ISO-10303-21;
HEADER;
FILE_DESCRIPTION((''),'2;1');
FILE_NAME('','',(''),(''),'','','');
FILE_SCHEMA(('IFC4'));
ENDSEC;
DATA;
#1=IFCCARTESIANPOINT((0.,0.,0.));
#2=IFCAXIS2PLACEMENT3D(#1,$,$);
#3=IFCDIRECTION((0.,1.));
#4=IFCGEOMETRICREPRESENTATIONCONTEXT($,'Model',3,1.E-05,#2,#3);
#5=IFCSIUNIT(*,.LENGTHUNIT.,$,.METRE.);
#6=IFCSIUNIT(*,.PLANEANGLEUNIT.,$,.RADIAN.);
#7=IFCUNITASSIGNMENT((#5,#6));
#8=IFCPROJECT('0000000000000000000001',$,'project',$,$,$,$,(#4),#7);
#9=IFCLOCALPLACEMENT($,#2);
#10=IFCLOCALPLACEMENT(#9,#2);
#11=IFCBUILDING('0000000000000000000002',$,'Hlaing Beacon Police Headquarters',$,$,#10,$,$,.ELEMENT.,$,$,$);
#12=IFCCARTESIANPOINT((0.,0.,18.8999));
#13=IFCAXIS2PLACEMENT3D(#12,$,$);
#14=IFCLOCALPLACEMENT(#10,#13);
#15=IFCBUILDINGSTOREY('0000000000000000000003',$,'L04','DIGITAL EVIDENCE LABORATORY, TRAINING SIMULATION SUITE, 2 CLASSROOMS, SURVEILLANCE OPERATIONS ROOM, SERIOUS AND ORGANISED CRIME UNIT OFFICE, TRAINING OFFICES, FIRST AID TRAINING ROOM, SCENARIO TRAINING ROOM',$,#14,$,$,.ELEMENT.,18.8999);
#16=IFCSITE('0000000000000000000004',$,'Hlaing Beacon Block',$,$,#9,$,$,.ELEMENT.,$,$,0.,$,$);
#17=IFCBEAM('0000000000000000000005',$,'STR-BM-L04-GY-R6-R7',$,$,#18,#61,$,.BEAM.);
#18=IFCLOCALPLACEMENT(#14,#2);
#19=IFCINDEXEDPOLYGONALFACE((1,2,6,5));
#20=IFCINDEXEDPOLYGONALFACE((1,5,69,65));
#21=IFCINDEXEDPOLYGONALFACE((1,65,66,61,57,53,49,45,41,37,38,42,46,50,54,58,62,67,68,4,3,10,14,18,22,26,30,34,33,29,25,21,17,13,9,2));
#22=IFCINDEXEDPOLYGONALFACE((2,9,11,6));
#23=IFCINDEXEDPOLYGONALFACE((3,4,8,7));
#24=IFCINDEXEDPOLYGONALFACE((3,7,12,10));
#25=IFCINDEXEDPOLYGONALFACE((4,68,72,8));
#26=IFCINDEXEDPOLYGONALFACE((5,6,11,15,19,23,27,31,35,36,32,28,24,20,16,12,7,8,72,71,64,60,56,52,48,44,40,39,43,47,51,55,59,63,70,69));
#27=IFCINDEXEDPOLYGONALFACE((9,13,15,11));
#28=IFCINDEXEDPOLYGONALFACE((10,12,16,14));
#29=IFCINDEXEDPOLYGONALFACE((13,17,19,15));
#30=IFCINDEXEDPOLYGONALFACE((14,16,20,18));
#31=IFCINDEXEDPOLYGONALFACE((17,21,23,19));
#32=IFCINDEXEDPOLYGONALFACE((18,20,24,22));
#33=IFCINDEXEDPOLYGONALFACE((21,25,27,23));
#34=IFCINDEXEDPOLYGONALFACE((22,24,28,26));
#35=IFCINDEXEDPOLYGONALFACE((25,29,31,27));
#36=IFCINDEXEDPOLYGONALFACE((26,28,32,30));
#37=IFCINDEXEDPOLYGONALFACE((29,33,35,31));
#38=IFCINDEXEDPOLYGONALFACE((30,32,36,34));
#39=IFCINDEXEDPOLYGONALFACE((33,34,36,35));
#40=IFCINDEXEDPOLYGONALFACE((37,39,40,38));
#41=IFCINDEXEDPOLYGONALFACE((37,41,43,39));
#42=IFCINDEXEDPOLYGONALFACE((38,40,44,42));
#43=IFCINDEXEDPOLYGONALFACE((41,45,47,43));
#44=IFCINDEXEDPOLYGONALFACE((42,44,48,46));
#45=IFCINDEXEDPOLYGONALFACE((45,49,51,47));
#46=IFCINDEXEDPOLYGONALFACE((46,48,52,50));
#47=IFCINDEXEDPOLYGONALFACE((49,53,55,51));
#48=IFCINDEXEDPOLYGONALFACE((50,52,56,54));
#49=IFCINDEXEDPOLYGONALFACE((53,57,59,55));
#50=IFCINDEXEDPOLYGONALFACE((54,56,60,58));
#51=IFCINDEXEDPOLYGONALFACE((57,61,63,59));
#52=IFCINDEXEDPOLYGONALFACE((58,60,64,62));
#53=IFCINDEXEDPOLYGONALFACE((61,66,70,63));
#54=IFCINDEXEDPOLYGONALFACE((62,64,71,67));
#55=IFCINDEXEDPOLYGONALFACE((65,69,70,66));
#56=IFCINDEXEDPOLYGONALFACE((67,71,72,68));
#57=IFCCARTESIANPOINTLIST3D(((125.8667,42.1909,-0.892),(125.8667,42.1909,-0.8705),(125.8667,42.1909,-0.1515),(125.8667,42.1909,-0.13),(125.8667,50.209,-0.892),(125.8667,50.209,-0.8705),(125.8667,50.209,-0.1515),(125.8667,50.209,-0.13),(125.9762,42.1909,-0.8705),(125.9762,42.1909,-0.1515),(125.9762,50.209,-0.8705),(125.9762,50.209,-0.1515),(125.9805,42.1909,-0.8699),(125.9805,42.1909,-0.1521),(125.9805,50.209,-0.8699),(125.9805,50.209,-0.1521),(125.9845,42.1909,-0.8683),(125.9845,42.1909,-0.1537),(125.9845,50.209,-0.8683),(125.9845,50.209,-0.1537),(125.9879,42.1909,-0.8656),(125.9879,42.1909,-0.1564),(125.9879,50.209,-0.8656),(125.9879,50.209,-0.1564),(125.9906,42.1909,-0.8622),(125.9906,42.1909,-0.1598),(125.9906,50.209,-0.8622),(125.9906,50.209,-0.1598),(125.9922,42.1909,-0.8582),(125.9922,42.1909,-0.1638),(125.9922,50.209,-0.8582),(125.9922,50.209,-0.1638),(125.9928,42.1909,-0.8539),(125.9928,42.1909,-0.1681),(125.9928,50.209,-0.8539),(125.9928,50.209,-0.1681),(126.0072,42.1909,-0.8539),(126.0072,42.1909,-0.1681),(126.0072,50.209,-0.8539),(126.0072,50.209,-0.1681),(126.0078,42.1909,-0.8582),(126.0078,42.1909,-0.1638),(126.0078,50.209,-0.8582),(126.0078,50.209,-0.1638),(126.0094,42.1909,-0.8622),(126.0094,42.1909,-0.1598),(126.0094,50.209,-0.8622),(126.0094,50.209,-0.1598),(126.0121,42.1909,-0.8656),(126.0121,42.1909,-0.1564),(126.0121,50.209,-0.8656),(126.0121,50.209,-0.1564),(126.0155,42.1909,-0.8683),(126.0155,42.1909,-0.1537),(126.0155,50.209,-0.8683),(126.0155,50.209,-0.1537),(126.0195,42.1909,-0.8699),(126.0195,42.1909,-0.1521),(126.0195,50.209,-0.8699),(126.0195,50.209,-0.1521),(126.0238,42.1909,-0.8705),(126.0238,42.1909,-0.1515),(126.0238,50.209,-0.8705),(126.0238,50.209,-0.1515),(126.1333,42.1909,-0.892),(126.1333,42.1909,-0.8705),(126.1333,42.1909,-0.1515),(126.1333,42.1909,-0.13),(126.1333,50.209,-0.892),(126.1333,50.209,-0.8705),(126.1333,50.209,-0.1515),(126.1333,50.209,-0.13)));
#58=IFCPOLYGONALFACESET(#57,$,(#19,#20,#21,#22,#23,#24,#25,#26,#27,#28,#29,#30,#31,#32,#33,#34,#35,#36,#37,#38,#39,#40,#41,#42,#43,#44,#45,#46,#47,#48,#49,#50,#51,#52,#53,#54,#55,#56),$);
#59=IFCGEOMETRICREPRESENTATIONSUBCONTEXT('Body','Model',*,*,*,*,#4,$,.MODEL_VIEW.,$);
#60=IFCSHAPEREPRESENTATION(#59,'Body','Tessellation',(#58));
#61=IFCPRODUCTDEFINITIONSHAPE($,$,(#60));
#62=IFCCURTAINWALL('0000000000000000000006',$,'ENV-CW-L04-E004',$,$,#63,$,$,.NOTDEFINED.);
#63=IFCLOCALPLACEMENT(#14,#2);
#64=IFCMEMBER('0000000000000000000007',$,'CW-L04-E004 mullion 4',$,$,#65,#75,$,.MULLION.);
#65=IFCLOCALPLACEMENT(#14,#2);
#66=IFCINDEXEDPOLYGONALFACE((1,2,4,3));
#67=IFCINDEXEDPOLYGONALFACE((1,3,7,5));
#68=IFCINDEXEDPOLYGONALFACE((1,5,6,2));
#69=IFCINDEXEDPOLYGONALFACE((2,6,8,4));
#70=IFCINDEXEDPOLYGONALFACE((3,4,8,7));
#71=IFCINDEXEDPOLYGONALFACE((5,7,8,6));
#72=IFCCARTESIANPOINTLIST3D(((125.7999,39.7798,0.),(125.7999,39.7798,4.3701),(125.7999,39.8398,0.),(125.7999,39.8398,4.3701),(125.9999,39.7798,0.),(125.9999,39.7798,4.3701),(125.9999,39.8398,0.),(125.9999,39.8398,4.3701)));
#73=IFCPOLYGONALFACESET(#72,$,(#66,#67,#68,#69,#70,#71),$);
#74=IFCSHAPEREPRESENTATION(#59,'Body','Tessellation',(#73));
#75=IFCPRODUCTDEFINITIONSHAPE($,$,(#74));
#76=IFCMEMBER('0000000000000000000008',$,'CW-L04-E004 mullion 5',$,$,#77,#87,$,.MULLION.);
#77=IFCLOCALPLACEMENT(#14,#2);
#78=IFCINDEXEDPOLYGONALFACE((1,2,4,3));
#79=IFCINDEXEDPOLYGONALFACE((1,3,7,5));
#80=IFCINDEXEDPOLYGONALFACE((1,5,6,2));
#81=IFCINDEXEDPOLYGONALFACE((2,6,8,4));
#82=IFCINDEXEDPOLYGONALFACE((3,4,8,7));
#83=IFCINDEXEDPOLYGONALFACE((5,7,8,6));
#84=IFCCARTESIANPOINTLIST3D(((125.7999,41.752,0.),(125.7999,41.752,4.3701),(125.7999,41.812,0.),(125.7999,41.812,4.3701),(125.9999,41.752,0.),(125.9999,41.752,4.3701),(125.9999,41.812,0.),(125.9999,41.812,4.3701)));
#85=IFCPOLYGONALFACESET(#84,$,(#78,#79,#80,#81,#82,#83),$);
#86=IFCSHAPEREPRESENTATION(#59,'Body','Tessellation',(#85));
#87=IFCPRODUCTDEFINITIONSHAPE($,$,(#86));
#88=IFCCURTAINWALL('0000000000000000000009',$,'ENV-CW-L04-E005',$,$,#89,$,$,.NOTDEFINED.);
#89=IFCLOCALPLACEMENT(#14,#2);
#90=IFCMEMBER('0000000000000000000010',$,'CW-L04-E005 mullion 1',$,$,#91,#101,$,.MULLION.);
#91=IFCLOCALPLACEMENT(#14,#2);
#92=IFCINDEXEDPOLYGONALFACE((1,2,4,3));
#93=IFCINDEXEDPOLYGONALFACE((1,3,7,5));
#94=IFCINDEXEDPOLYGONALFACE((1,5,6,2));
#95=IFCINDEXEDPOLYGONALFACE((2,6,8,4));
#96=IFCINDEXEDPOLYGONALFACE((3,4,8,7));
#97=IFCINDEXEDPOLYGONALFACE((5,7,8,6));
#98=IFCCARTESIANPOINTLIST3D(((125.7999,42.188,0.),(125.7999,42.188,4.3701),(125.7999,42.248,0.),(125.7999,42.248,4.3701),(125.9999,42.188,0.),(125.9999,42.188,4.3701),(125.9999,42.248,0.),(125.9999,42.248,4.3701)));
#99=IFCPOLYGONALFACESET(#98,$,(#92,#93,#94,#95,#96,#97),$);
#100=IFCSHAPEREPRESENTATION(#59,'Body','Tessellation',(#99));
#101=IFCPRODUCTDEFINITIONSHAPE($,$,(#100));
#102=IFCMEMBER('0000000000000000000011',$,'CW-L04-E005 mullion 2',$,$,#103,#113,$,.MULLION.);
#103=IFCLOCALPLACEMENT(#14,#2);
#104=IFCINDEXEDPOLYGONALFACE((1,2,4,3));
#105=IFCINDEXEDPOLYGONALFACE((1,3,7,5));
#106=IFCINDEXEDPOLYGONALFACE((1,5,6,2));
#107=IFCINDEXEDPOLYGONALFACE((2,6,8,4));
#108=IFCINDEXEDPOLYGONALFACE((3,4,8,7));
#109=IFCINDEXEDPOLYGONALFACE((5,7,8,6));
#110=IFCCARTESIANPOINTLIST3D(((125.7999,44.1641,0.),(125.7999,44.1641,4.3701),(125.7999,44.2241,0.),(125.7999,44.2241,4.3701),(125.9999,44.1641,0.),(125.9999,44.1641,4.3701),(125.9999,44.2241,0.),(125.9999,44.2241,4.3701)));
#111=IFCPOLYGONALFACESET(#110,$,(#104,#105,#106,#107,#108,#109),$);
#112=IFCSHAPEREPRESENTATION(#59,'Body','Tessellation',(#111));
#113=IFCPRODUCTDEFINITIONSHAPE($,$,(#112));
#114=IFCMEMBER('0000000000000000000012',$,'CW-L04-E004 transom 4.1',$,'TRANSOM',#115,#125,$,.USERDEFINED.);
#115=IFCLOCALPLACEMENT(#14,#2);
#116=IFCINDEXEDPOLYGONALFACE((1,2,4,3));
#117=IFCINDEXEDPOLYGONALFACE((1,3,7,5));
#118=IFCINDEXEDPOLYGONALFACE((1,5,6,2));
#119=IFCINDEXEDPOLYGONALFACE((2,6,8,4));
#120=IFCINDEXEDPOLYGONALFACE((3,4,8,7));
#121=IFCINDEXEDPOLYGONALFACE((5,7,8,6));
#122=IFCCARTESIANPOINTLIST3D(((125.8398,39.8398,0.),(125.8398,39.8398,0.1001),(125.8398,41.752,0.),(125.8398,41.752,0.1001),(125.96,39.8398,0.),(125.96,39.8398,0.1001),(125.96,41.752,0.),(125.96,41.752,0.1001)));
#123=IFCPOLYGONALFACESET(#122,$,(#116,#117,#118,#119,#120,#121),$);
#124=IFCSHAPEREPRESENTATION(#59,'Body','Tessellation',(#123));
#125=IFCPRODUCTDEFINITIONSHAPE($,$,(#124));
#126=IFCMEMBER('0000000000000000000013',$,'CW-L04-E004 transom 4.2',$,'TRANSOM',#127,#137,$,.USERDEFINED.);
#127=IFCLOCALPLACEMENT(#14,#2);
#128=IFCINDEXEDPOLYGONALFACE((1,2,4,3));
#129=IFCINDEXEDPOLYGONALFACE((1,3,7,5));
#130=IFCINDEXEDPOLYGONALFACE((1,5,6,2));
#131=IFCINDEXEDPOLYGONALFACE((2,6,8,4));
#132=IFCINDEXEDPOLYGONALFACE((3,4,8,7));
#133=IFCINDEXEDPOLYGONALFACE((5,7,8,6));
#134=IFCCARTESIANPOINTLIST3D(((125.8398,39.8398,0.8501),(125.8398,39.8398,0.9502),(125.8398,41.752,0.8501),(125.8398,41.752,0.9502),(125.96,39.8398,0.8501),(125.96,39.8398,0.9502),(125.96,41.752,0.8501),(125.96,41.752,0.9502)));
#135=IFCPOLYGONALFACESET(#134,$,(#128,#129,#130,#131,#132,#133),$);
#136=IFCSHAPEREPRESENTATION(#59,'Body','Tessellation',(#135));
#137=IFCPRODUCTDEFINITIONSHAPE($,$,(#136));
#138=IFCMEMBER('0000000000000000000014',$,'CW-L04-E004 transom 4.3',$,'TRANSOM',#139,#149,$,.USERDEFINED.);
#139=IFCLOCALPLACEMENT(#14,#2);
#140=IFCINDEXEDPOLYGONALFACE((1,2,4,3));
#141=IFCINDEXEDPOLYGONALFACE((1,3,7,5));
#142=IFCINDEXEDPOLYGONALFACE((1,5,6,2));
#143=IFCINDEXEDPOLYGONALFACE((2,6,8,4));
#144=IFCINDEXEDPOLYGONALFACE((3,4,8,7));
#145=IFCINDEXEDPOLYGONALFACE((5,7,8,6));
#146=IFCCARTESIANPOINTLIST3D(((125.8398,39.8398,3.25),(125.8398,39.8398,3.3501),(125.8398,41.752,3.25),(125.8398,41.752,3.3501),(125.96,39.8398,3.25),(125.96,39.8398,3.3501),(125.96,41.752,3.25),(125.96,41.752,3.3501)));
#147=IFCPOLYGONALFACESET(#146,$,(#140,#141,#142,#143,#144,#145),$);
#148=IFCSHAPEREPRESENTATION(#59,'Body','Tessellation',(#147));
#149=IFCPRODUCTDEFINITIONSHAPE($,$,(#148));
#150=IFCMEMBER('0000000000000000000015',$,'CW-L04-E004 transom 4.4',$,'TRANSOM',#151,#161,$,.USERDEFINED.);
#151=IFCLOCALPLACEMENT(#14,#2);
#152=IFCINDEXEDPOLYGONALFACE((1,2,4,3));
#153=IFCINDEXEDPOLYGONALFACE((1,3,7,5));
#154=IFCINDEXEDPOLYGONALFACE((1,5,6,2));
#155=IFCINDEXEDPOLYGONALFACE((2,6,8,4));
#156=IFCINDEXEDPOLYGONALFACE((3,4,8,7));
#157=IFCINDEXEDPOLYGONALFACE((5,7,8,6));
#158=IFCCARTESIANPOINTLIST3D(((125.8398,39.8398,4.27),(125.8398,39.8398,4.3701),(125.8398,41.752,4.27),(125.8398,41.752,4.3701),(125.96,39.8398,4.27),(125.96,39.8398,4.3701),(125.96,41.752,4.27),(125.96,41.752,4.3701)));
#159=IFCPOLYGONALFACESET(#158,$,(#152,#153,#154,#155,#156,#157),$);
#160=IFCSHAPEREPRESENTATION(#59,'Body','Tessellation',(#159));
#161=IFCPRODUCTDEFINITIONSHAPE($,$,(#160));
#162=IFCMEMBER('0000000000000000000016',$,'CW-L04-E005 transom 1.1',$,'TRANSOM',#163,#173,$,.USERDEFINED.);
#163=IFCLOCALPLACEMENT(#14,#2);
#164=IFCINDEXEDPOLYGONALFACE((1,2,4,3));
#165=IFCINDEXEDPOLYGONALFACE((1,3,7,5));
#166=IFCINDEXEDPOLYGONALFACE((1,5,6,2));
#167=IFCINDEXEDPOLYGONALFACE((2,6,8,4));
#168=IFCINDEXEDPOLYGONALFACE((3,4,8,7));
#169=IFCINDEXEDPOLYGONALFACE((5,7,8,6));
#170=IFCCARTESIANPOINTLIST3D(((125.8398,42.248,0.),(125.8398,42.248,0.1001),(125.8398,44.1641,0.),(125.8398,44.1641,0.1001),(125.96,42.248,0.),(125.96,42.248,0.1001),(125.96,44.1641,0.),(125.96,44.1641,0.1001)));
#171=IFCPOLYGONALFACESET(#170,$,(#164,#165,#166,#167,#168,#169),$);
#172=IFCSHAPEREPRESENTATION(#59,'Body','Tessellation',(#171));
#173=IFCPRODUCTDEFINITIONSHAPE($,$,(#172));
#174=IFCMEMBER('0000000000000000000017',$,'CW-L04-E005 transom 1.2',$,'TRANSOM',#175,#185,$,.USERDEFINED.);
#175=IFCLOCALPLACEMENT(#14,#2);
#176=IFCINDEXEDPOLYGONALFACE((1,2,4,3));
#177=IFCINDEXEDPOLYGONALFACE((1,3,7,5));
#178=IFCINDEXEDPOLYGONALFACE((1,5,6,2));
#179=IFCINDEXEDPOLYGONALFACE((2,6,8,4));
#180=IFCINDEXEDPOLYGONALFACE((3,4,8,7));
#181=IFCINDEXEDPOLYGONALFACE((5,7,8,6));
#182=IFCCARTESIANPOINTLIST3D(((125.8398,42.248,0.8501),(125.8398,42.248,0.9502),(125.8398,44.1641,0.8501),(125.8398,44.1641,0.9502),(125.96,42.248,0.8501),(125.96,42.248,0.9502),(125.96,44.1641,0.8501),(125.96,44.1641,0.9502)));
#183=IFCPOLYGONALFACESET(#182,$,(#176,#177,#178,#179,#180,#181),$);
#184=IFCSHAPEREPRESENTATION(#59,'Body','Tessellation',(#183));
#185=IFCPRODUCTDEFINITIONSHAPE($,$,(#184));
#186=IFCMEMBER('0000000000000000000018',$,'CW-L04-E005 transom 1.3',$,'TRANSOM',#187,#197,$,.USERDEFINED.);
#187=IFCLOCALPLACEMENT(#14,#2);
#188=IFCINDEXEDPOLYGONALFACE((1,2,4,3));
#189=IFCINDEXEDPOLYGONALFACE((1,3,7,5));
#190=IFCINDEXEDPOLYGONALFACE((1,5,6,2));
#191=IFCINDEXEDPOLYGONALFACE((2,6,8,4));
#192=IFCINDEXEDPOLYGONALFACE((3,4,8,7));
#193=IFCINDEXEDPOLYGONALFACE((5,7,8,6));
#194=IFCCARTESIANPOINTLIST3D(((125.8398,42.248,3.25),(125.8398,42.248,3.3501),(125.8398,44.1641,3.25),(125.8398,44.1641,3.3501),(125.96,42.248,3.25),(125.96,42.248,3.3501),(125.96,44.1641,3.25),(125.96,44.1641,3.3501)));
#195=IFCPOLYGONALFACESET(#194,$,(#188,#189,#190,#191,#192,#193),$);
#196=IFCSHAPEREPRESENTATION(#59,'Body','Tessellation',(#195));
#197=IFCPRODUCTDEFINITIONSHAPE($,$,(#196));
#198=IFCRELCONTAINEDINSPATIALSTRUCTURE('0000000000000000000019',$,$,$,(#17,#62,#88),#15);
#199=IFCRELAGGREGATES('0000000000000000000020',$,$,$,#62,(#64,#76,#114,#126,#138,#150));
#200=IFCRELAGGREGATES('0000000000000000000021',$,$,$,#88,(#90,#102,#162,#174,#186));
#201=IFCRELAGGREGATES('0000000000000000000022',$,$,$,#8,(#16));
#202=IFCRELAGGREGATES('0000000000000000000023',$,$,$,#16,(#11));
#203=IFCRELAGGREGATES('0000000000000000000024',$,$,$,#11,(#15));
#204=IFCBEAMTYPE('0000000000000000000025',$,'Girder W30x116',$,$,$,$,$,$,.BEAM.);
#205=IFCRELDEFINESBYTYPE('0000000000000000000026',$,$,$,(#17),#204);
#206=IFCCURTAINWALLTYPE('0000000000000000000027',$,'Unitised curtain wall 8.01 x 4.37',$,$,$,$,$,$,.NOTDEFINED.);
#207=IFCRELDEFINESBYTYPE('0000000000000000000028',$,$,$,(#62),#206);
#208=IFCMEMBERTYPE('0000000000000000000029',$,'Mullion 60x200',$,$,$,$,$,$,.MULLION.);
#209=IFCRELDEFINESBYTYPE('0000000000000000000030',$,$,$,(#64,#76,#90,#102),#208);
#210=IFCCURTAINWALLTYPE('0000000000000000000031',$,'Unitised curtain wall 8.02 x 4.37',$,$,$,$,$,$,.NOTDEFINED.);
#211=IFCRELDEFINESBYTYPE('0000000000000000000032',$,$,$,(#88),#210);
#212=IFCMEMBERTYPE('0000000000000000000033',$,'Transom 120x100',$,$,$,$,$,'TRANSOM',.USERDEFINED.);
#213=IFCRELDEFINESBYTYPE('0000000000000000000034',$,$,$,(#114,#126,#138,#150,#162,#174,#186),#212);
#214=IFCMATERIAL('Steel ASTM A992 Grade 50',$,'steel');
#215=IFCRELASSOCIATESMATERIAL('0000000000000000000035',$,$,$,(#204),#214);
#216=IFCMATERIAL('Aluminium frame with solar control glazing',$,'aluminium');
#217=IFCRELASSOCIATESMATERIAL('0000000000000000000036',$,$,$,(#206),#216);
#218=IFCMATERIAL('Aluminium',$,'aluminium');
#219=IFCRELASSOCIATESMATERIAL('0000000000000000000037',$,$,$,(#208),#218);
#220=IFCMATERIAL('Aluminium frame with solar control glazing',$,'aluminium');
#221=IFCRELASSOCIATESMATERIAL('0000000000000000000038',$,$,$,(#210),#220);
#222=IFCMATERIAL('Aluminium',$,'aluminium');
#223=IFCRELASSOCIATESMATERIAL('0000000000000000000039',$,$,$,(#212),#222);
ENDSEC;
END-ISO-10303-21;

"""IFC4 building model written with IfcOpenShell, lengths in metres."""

from ifc_helpers import new_model, si_unit, direction, frame, origin, origin_2d, place, context, subcontext, project, spatial, rectangle, i_section, extrude, material, material_profile, profile_set, type_object, element, aggregate, save


model = new_model("IFC4")

# Units and contexts
model_context = context("Model", 3, precision=1e-05, world=origin(), true_north=direction((0.0, 1.0)))
body_context = subcontext(model_context, "Body", "Model", "MODEL_VIEW")
ifc_project = project(units=[si_unit("LENGTHUNIT", "METRE"), si_unit("PLANEANGLEUNIT", "RADIAN")], contexts=[model_context])

# Site, building, storey
site_placement = place(None, origin())
site = spatial("IfcSite", under=ifc_project, at=site_placement, Name="Hlaing Beacon Block", CompositionType="ELEMENT", RefElevation=0.0)
building_placement = place(site_placement, origin())
building = spatial("IfcBuilding", under=site, at=building_placement, Name="Hlaing Beacon Police Headquarters", CompositionType="ELEMENT")
storey_placement = place(building_placement, frame((0.0, 0.0, 18.8999)))
storey = spatial("IfcBuildingStorey", under=building, at=storey_placement, Name="L04", Description="DIGITAL EVIDENCE LABORATORY, TRAINING SIMULATION SUITE, 2 CLASSROOMS, SURVEILLANCE OPERATIONS ROOM, SERIOUS AND ORGANISED CRIME UNIT OFFICE, TRAINING OFFICES, FIRST AID TRAINING ROOM, SCENARIO TRAINING ROOM", CompositionType="ELEMENT", Elevation=18.8999)

# Beam
ifc_material_1 = material(Name="Steel ASTM A992 Grade 50", Category="steel")
ifc_material_profile_1 = material_profile(ifc_material_1, i_section(OverallWidth=0.2666, OverallDepth=0.762, WebThickness=0.0144, FlangeThickness=0.0215, FilletRadius=0.0166, at=origin_2d()), Name="W30x116")
ifc_profile_set_1 = profile_set([ifc_material_profile_1], Name="Steel ASTM A992 Grade 50")
beam_type_1 = type_object("IfcBeamType", Name="Girder W30x116", PredefinedType="BEAM", material=ifc_profile_set_1)
beam_1_placement = place(storey_placement, frame((126.0, 42.1909, -0.511), z_axis=(0.0, 1.0, 0.0), x_axis=(-1.0, 0.0, 0.0)))
element("IfcBeam", 1, at=beam_1_placement, inside=storey, type_object=beam_type_1, Name="STR-BM-L04-GY-R6-R7", PredefinedType="BEAM", context=body_context, shape_type="SweptSolid", body=[
    extrude(i_section(OverallWidth=0.2666, OverallDepth=0.762, WebThickness=0.0144, FlangeThickness=0.0215, FilletRadius=0.0166, at=origin_2d()), origin(), (0.0, 0.0, 1.0), 8.0181),
])

# Curtain walls, members
ifc_material_2 = material(Name="Aluminium frame with solar control glazing", Category="aluminium")
curtain_wall_type_1 = type_object("IfcCurtainWallType", Name="Unitised curtain wall 8.01 x 4.37", PredefinedType="NOTDEFINED", material=ifc_material_2)
curtain_wall_1_placement = place(storey_placement, origin())
curtain_wall_1 = element("IfcCurtainWall", 2, at=curtain_wall_1_placement, inside=storey, type_object=curtain_wall_type_1, Name="ENV-CW-L04-E004", PredefinedType="NOTDEFINED")
ifc_material_3 = material(Name="Aluminium", Category="aluminium")
ifc_material_profile_2 = material_profile(ifc_material_3, rectangle(XDim=0.2, YDim=0.0601, at=origin_2d()), Name="Mullion 60x200")
ifc_profile_set_2 = profile_set([ifc_material_profile_2], Name="Aluminium")
member_type_1 = type_object("IfcMemberType", Name="Mullion 60x200", PredefinedType="MULLION", material=ifc_profile_set_2)
member_1_placement = place(storey_placement, frame((125.8999, 39.8098, 0.0), z_axis=(0.0, 0.0, 1.0), x_axis=(-1.0, 0.0, 0.0)))
member_1 = element("IfcMember", 3, at=member_1_placement, type_object=member_type_1, Name="CW-L04-E004 mullion 4", PredefinedType="MULLION", context=body_context, shape_type="SweptSolid", body=[
    extrude(rectangle(XDim=0.2, YDim=0.0601, at=origin_2d()), origin(), (0.0, 0.0, 1.0), 4.3701),
])
member_2_placement = place(storey_placement, frame((125.8999, 41.782, 0.0), z_axis=(0.0, 0.0, 1.0), x_axis=(-1.0, 0.0, 0.0)))
member_2 = element("IfcMember", 4, at=member_2_placement, type_object=member_type_1, Name="CW-L04-E004 mullion 5", PredefinedType="MULLION", context=body_context, shape_type="SweptSolid", body=[
    extrude(rectangle(XDim=0.2, YDim=0.0601, at=origin_2d()), origin(), (0.0, 0.0, 1.0), 4.3701),
])
ifc_material_4 = material(Name="Aluminium frame with solar control glazing", Category="aluminium")
curtain_wall_type_2 = type_object("IfcCurtainWallType", Name="Unitised curtain wall 8.02 x 4.37", PredefinedType="NOTDEFINED", material=ifc_material_4)
curtain_wall_2_placement = place(storey_placement, origin())
curtain_wall_2 = element("IfcCurtainWall", 5, at=curtain_wall_2_placement, inside=storey, type_object=curtain_wall_type_2, Name="ENV-CW-L04-E005", PredefinedType="NOTDEFINED")
member_3_placement = place(storey_placement, frame((125.8999, 42.218, 0.0), z_axis=(0.0, 0.0, 1.0), x_axis=(-1.0, 0.0, 0.0)))
member_3 = element("IfcMember", 6, at=member_3_placement, type_object=member_type_1, Name="CW-L04-E005 mullion 1", PredefinedType="MULLION", context=body_context, shape_type="SweptSolid", body=[
    extrude(rectangle(XDim=0.2, YDim=0.0601, at=origin_2d()), origin(), (0.0, 0.0, 1.0), 4.3701),
])
member_4_placement = place(storey_placement, frame((125.8999, 44.1941, 0.0), z_axis=(0.0, 0.0, 1.0), x_axis=(-1.0, 0.0, 0.0)))
member_4 = element("IfcMember", 7, at=member_4_placement, type_object=member_type_1, Name="CW-L04-E005 mullion 2", PredefinedType="MULLION", context=body_context, shape_type="SweptSolid", body=[
    extrude(rectangle(XDim=0.2, YDim=0.0601, at=origin_2d()), origin(), (0.0, 0.0, 1.0), 4.3701),
])

# Members
ifc_material_5 = material(Name="Aluminium", Category="aluminium")
ifc_material_profile_3 = material_profile(ifc_material_5, rectangle(XDim=0.1201, YDim=0.1001, at=origin_2d()), Name="Transom 120x100")
ifc_profile_set_3 = profile_set([ifc_material_profile_3], Name="Aluminium")
member_type_2 = type_object("IfcMemberType", Name="Transom 120x100", ElementType="TRANSOM", PredefinedType="USERDEFINED", material=ifc_profile_set_3)
member_5_placement = place(storey_placement, frame((125.8999, 39.8398, 0.05), z_axis=(0.0, 1.0, 0.0), x_axis=(-1.0, 0.0, 0.0)))
member_5 = element("IfcMember", 8, at=member_5_placement, type_object=member_type_2, Name="CW-L04-E004 transom 4.1", ObjectType="TRANSOM", PredefinedType="USERDEFINED", context=body_context, shape_type="SweptSolid", body=[
    extrude(rectangle(XDim=0.1201, YDim=0.1001, at=origin_2d()), origin(), (0.0, 0.0, 1.0), 1.9121),
])
member_6_placement = place(storey_placement, frame((125.8999, 39.8398, 0.9001), z_axis=(0.0, 1.0, 0.0), x_axis=(-1.0, 0.0, 0.0)))
member_6 = element("IfcMember", 9, at=member_6_placement, type_object=member_type_2, Name="CW-L04-E004 transom 4.2", ObjectType="TRANSOM", PredefinedType="USERDEFINED", context=body_context, shape_type="SweptSolid", body=[
    extrude(rectangle(XDim=0.1201, YDim=0.1001, at=origin_2d()), origin(), (0.0, 0.0, 1.0), 1.9121),
])
member_7_placement = place(storey_placement, frame((125.8999, 39.8398, 3.3), z_axis=(0.0, 1.0, 0.0), x_axis=(-1.0, 0.0, 0.0)))
member_7 = element("IfcMember", 10, at=member_7_placement, type_object=member_type_2, Name="CW-L04-E004 transom 4.3", ObjectType="TRANSOM", PredefinedType="USERDEFINED", context=body_context, shape_type="SweptSolid", body=[
    extrude(rectangle(XDim=0.1201, YDim=0.1001, at=origin_2d()), origin(), (0.0, 0.0, 1.0), 1.9121),
])
member_8_placement = place(storey_placement, frame((125.8999, 39.8398, 4.3201), z_axis=(0.0, 1.0, 0.0), x_axis=(-1.0, 0.0, 0.0)))
member_8 = element("IfcMember", 11, at=member_8_placement, type_object=member_type_2, Name="CW-L04-E004 transom 4.4", ObjectType="TRANSOM", PredefinedType="USERDEFINED", context=body_context, shape_type="SweptSolid", body=[
    extrude(rectangle(XDim=0.1201, YDim=0.1001, at=origin_2d()), origin(), (0.0, 0.0, 1.0), 1.9121),
])
member_9_placement = place(storey_placement, frame((125.8999, 42.248, 0.05), z_axis=(0.0, 1.0, 0.0), x_axis=(-1.0, 0.0, 0.0)))
member_9 = element("IfcMember", 12, at=member_9_placement, type_object=member_type_2, Name="CW-L04-E005 transom 1.1", ObjectType="TRANSOM", PredefinedType="USERDEFINED", context=body_context, shape_type="SweptSolid", body=[
    extrude(rectangle(XDim=0.1201, YDim=0.1001, at=origin_2d()), origin(), (0.0, 0.0, 1.0), 1.916),
])
member_10_placement = place(storey_placement, frame((125.8999, 42.248, 0.9001), z_axis=(0.0, 1.0, 0.0), x_axis=(-1.0, 0.0, 0.0)))
member_10 = element("IfcMember", 13, at=member_10_placement, type_object=member_type_2, Name="CW-L04-E005 transom 1.2", ObjectType="TRANSOM", PredefinedType="USERDEFINED", context=body_context, shape_type="SweptSolid", body=[
    extrude(rectangle(XDim=0.1201, YDim=0.1001, at=origin_2d()), origin(), (0.0, 0.0, 1.0), 1.916),
])
member_11_placement = place(storey_placement, frame((125.8999, 42.248, 3.3), z_axis=(0.0, 1.0, 0.0), x_axis=(-1.0, 0.0, 0.0)))
member_11 = element("IfcMember", 14, at=member_11_placement, type_object=member_type_2, Name="CW-L04-E005 transom 1.3", ObjectType="TRANSOM", PredefinedType="USERDEFINED", context=body_context, shape_type="SweptSolid", body=[
    extrude(rectangle(XDim=0.1201, YDim=0.1001, at=origin_2d()), origin(), (0.0, 0.0, 1.0), 1.916),
])

aggregate(curtain_wall_1, [member_1, member_2, member_5, member_6, member_7, member_8])
aggregate(curtain_wall_2, [member_3, member_4, member_9, member_10, member_11])

save(model, "model.ifc")
